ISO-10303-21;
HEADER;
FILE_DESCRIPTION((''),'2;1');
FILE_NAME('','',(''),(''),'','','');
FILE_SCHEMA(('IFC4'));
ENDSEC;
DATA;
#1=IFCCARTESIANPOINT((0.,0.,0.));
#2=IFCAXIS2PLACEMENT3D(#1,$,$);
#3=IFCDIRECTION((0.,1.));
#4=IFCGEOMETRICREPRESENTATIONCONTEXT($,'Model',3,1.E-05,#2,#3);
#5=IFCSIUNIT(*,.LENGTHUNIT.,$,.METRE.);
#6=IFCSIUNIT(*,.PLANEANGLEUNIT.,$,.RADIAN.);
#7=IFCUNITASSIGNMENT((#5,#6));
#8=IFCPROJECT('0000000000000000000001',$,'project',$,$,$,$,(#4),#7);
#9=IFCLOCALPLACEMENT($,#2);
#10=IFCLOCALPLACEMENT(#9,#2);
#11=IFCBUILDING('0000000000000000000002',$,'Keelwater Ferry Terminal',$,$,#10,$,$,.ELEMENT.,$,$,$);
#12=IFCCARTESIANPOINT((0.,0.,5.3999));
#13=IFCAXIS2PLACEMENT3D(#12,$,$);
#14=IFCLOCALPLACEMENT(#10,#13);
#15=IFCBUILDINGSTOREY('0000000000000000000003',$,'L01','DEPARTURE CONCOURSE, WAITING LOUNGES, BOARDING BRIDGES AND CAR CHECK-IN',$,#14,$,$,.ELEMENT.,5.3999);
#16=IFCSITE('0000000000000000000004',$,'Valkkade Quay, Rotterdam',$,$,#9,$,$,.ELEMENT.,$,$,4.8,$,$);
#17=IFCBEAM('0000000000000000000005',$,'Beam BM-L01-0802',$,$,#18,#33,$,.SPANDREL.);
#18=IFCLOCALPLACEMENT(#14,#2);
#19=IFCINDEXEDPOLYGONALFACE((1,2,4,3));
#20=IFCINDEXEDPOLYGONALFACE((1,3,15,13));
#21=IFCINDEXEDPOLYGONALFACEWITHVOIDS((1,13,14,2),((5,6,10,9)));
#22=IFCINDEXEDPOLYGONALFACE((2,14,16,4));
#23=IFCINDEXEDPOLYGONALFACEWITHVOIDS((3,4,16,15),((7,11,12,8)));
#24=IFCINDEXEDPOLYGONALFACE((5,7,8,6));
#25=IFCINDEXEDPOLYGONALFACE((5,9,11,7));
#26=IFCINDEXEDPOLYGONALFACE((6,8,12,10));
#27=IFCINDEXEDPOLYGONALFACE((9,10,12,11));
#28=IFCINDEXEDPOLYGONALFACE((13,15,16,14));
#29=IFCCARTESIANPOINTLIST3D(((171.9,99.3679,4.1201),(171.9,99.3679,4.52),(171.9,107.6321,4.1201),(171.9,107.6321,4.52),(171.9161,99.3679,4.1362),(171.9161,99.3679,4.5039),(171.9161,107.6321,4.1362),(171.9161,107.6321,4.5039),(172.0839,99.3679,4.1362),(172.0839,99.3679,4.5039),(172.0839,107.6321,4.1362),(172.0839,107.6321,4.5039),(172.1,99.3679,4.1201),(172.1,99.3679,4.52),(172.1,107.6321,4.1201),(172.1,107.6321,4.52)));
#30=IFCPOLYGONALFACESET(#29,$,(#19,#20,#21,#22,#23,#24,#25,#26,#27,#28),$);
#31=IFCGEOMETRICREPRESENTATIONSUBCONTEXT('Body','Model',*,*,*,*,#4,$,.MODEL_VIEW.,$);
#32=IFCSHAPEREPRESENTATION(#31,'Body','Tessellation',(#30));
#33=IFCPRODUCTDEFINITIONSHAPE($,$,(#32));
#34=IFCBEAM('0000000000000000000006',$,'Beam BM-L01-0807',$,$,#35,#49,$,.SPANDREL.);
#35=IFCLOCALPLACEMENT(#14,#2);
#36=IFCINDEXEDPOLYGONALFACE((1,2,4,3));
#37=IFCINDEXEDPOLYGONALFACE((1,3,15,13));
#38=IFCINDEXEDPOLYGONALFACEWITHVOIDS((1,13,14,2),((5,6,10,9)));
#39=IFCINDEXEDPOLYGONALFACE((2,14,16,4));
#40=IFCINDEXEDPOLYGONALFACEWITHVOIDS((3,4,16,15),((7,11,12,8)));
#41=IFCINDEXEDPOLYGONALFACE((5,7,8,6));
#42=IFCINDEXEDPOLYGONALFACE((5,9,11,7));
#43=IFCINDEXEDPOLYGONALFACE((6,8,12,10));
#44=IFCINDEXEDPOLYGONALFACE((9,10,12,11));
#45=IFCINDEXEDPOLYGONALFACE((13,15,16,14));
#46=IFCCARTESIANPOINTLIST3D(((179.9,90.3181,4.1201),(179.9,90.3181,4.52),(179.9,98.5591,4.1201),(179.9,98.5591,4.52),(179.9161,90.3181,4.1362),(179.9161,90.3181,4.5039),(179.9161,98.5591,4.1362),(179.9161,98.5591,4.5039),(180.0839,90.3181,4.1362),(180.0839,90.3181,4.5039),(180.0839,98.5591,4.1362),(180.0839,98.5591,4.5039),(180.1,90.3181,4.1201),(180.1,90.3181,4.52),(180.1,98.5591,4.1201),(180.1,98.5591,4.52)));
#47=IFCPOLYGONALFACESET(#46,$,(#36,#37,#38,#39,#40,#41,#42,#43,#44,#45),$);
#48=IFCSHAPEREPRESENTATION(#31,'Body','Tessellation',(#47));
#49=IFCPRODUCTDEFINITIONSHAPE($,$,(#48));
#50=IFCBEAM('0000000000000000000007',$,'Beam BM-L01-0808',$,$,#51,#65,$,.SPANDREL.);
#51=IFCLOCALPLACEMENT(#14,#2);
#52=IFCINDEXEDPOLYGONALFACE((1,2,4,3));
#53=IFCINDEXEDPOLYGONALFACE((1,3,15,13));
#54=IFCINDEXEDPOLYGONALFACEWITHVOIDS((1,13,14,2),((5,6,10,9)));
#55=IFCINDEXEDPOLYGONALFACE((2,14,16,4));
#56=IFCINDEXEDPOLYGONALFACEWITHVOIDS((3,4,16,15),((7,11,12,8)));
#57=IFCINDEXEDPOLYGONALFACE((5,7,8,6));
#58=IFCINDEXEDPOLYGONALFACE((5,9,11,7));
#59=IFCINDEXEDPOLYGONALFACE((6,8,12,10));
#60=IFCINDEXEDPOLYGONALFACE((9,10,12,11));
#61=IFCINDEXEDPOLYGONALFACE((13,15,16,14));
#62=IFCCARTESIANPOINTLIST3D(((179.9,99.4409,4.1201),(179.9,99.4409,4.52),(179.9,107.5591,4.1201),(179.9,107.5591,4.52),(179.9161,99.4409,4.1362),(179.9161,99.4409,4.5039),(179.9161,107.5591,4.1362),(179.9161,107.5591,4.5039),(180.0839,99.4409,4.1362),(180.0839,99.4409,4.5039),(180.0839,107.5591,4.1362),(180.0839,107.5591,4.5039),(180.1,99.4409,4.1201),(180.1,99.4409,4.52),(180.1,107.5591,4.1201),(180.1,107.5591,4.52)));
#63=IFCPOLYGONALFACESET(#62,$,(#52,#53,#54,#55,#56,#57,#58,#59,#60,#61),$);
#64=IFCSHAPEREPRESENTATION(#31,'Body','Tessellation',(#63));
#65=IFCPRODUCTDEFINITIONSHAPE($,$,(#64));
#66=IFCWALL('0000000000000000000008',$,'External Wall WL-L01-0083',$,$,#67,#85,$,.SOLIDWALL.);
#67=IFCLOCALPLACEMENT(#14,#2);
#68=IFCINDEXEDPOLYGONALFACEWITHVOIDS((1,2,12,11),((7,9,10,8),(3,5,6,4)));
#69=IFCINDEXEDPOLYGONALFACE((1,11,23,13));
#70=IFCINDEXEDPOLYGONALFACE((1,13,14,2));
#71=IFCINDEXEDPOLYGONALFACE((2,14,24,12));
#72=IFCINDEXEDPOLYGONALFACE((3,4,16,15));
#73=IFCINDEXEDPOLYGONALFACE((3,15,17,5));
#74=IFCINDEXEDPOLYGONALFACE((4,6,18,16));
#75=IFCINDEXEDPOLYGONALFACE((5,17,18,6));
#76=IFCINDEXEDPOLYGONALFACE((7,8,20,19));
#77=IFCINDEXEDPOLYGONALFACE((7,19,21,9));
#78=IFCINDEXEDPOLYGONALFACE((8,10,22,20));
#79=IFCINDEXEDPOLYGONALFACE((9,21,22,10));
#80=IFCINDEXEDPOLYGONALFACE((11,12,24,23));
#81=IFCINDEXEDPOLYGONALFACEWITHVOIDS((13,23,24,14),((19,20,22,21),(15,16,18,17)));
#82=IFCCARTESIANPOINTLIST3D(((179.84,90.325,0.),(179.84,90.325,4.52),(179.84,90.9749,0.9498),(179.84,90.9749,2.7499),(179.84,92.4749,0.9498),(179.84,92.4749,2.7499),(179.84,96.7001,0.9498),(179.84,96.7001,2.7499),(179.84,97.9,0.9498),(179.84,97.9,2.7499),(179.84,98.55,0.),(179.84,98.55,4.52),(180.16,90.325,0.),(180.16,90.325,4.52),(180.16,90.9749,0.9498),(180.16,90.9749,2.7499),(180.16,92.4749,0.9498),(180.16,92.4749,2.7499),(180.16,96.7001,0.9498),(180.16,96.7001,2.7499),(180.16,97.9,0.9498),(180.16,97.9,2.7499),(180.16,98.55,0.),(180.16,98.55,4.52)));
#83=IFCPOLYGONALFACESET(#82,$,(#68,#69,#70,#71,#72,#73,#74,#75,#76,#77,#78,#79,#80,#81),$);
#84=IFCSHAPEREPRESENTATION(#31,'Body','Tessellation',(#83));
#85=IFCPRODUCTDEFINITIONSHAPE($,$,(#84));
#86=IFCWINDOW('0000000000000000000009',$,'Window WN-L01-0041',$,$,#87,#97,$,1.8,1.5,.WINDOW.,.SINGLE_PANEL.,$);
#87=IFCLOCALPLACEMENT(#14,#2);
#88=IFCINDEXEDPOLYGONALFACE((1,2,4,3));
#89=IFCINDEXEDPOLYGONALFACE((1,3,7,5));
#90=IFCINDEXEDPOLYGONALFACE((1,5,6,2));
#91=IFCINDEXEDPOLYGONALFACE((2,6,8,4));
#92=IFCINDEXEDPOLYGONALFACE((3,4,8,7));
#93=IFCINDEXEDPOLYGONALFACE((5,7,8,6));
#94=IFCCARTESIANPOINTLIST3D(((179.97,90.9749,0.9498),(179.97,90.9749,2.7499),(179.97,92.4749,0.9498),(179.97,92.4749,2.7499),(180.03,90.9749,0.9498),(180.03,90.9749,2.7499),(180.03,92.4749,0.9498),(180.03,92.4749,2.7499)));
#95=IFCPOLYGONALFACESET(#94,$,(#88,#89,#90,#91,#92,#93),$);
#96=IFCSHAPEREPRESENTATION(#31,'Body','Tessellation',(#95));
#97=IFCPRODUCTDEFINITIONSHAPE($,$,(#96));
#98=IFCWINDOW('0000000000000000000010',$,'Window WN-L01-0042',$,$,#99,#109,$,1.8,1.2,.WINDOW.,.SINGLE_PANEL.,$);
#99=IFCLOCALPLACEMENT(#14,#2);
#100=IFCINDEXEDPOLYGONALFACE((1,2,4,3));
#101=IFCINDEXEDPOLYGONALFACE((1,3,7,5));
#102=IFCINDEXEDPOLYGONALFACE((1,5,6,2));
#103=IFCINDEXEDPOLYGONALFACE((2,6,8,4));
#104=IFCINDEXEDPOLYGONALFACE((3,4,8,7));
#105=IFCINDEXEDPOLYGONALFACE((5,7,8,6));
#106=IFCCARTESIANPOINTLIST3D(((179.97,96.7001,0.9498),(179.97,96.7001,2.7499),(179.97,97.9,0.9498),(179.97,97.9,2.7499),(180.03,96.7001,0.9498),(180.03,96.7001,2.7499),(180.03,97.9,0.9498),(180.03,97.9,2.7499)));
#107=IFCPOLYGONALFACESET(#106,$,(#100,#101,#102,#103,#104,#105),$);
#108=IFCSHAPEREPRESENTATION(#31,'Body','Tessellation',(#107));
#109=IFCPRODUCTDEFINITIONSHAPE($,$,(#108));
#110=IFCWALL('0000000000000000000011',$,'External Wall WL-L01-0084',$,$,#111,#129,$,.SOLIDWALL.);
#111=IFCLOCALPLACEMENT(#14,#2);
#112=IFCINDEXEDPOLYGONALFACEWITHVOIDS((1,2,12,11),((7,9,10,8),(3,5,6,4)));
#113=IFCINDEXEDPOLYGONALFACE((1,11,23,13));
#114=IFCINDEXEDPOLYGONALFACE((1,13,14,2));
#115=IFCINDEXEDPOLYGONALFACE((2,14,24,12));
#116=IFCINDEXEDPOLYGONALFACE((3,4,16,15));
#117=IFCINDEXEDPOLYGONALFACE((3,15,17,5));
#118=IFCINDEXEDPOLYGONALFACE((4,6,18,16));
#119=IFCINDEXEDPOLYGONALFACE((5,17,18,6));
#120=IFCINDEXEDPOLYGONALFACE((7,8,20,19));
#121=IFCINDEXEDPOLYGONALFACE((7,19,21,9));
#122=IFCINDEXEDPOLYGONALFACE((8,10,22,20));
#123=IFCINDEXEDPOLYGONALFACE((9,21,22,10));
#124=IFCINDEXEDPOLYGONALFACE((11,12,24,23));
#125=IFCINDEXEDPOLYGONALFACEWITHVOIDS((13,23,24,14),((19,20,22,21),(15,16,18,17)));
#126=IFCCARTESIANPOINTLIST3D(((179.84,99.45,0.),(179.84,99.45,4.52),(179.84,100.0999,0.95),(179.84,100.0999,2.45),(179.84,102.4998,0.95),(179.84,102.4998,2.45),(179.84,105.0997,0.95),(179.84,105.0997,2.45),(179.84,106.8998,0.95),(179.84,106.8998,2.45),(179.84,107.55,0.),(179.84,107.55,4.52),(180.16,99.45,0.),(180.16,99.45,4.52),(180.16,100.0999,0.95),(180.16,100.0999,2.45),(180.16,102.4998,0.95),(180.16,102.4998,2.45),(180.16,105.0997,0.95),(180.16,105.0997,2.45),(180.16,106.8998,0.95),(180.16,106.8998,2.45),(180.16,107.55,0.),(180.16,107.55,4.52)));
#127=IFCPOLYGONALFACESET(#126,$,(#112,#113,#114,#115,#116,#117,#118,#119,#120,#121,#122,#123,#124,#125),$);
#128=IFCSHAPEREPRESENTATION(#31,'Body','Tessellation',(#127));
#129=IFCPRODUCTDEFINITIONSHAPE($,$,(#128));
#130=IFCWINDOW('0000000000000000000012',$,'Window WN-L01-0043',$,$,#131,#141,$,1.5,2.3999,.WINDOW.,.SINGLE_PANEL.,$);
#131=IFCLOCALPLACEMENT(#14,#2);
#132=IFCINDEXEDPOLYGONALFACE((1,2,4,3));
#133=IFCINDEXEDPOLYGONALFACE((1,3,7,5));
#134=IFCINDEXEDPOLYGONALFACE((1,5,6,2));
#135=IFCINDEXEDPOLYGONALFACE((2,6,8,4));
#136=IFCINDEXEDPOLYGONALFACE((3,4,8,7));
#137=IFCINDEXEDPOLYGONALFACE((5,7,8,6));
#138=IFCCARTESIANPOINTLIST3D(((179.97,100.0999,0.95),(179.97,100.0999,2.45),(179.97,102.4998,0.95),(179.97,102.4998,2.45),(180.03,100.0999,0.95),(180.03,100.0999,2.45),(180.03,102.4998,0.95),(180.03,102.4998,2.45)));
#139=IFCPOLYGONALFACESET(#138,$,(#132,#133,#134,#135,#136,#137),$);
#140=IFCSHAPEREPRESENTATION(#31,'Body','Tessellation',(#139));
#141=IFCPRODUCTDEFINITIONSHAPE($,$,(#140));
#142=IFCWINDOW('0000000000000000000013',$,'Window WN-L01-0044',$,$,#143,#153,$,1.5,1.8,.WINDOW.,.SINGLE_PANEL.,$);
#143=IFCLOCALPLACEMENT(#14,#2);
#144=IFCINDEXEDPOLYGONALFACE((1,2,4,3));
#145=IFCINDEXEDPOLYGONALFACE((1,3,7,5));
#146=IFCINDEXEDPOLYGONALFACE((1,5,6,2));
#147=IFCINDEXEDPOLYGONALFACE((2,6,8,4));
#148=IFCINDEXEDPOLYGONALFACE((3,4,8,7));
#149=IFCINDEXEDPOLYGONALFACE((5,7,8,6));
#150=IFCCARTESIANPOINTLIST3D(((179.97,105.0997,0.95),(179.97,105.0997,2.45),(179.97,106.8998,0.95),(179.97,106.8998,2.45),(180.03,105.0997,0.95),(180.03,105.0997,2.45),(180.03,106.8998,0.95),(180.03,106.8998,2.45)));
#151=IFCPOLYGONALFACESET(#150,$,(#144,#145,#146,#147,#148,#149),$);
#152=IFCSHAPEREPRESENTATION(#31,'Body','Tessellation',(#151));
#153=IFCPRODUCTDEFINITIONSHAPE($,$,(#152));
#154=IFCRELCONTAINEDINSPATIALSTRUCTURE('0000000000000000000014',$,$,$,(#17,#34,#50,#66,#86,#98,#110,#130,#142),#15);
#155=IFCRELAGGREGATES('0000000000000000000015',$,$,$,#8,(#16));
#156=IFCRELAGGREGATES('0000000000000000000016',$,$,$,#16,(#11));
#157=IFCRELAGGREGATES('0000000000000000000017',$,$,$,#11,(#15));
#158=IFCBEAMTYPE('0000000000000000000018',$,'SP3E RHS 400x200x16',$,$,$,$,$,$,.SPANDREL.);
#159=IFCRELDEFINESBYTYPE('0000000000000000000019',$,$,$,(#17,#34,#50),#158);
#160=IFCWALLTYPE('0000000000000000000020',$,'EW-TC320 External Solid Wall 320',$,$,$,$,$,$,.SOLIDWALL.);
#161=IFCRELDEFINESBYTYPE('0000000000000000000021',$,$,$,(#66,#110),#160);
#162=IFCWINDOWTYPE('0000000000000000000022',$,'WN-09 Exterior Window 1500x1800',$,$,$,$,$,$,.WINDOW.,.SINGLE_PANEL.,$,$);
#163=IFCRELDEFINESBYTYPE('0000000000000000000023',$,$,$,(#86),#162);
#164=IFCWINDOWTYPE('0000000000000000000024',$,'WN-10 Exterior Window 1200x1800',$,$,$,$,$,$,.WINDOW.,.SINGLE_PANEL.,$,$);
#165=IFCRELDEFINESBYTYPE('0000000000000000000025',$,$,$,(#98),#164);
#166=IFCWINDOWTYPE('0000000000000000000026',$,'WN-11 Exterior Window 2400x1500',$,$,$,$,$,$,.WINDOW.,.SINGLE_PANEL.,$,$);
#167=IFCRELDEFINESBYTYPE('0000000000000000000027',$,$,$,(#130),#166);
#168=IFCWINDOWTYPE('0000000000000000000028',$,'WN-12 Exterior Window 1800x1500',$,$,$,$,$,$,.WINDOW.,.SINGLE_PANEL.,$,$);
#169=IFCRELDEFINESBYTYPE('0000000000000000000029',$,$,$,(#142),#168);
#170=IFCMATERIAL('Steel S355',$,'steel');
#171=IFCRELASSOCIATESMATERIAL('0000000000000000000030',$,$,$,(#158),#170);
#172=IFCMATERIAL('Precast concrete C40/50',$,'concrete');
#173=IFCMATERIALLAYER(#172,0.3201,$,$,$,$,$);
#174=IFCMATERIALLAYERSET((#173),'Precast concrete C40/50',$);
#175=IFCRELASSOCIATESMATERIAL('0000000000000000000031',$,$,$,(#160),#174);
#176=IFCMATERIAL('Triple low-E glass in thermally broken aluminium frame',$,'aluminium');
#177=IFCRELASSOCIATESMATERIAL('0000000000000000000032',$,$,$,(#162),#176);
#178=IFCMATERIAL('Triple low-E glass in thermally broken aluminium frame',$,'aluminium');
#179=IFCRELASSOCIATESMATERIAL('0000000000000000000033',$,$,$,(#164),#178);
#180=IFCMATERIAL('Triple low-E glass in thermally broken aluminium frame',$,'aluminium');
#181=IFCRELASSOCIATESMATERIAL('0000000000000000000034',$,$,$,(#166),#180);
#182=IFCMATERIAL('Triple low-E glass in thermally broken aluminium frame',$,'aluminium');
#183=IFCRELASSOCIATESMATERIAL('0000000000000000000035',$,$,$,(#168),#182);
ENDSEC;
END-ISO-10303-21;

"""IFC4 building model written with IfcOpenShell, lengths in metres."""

from ifc_helpers import new_model, si_unit, direction, frame, frame_2d, origin, origin_2d, place, context, subcontext, project, spatial, rectangle, hollow_rectangle, extrude, material, layer, layer_set, material_profile, profile_set, type_object, element, fill, save


model = new_model("IFC4")

# Units and contexts
model_context = context("Model", 3, precision=1e-05, world=origin(), true_north=direction((0.0, 1.0)))
body_context = subcontext(model_context, "Body", "Model", "MODEL_VIEW")
ifc_project = project(units=[si_unit("LENGTHUNIT", "METRE"), si_unit("PLANEANGLEUNIT", "RADIAN")], contexts=[model_context])

# Site, building, storey
site_placement = place(None, origin())
site = spatial("IfcSite", under=ifc_project, at=site_placement, Name="Valkkade Quay, Rotterdam", CompositionType="ELEMENT", RefElevation=4.8)
building_placement = place(site_placement, origin())
building = spatial("IfcBuilding", under=site, at=building_placement, Name="Keelwater Ferry Terminal", CompositionType="ELEMENT")
storey_placement = place(building_placement, frame((0.0, 0.0, 5.3999)))
storey = spatial("IfcBuildingStorey", under=building, at=storey_placement, Name="L01", Description="DEPARTURE CONCOURSE, WAITING LOUNGES, BOARDING BRIDGES AND CAR CHECK-IN", CompositionType="ELEMENT", Elevation=5.3999)

# Beams
ifc_material_1 = material(Name="Steel S355", Category="steel")
ifc_material_profile_1 = material_profile(ifc_material_1, hollow_rectangle(XDim=0.2, YDim=0.3999, WallThickness=0.0161, at=origin_2d()), Name="RHS 400x200x16")
ifc_profile_set_1 = profile_set([ifc_material_profile_1], Name="Steel S355")
beam_type_1 = type_object("IfcBeamType", Name="SP3E RHS 400x200x16", PredefinedType="SPANDREL", material=ifc_profile_set_1)
beam_1_placement = place(storey_placement, frame((172.0, 99.3679, 4.3201), z_axis=(0.0, 1.0, 0.0), x_axis=(-1.0, 0.0, 0.0)))
element("IfcBeam", 1, at=beam_1_placement, inside=storey, type_object=beam_type_1, Name="Beam BM-L01-0802", PredefinedType="SPANDREL", context=body_context, shape_type="SweptSolid", body=[
    extrude(hollow_rectangle(XDim=0.2, YDim=0.3999, WallThickness=0.0161, at=origin_2d()), origin(), (0.0, 0.0, 1.0), 8.2642),
])
beam_2_placement = place(storey_placement, frame((180.0, 90.3181, 4.3201), z_axis=(0.0, 1.0, 0.0), x_axis=(-1.0, 0.0, 0.0)))
element("IfcBeam", 2, at=beam_2_placement, inside=storey, type_object=beam_type_1, Name="Beam BM-L01-0807", PredefinedType="SPANDREL", context=body_context, shape_type="SweptSolid", body=[
    extrude(hollow_rectangle(XDim=0.2, YDim=0.3999, WallThickness=0.0161, at=origin_2d()), origin(), (0.0, 0.0, 1.0), 8.241),
])
beam_3_placement = place(storey_placement, frame((180.0, 99.4409, 4.3201), z_axis=(0.0, 1.0, 0.0), x_axis=(-1.0, 0.0, 0.0)))
element("IfcBeam", 3, at=beam_3_placement, inside=storey, type_object=beam_type_1, Name="Beam BM-L01-0808", PredefinedType="SPANDREL", context=body_context, shape_type="SweptSolid", body=[
    extrude(hollow_rectangle(XDim=0.2, YDim=0.3999, WallThickness=0.0161, at=origin_2d()), origin(), (0.0, 0.0, 1.0), 8.1182),
])

# Walls, openings, windows
ifc_material_2 = material(Name="Precast concrete C40/50", Category="concrete")
ifc_layer = layer(ifc_material_2, 0.3201)
ifc_layer_set = layer_set([ifc_layer], Name="Precast concrete C40/50")
wall_type = type_object("IfcWallType", Name="EW-TC320 External Solid Wall 320", PredefinedType="SOLIDWALL", material=ifc_layer_set)
wall_1_placement = place(storey_placement, frame((180.0, 90.325, 0.0), z_axis=(0.0, 0.0, 1.0), x_axis=(0.0, 1.0, 0.0)))
wall_1 = element("IfcWall", 4, at=wall_1_placement, inside=storey, type_object=wall_type, Name="External Wall WL-L01-0083", PredefinedType="SOLIDWALL", context=body_context, shape_type="SweptSolid", body=[
    extrude(rectangle(XDim=8.2251, YDim=0.3201, at=frame_2d((4.1125, 0.0))), origin(), (0.0, 0.0, 1.0), 4.52),
])
opening_1_placement = place(wall_1_placement, frame((0.6499, 0.0, 0.95)))
opening_1 = element("IfcOpeningElement", 5, at=opening_1_placement, cuts=wall_1, PredefinedType="OPENING", context=body_context, shape_type="SweptSolid", body=[
    extrude(rectangle(XDim=1.5, YDim=1.8, at=frame_2d((0.75, 0.8999))), frame((0.0, 0.1702, 0.0), z_axis=(0.0, -1.0, 0.0), x_axis=(1.0, 0.0, 0.0)), (0.0, 0.0, 1.0), 0.3401),
])
opening_2_placement = place(wall_1_placement, frame((6.375, 0.0, 0.95)))
opening_2 = element("IfcOpeningElement", 6, at=opening_2_placement, cuts=wall_1, PredefinedType="OPENING", context=body_context, shape_type="SweptSolid", body=[
    extrude(rectangle(XDim=1.2, YDim=1.8, at=frame_2d((0.6001, 0.8999))), frame((0.0, 0.1702, 0.0), z_axis=(0.0, -1.0, 0.0), x_axis=(1.0, 0.0, 0.0)), (0.0, 0.0, 1.0), 0.3401),
])
ifc_material_3 = material(Name="Triple low-E glass in thermally broken aluminium frame", Category="aluminium")
window_type_1 = type_object("IfcWindowType", Name="WN-09 Exterior Window 1500x1800", PartitioningType="SINGLE_PANEL", PredefinedType="WINDOW", material=ifc_material_3)
window_1_placement = place(opening_1_placement, origin())
window_1 = element("IfcWindow", 7, at=window_1_placement, inside=storey, type_object=window_type_1, Name="Window WN-L01-0041", OverallHeight=1.8, OverallWidth=1.5, PartitioningType="SINGLE_PANEL", PredefinedType="WINDOW", context=body_context, shape_type="SweptSolid", body=[
    extrude(rectangle(XDim=1.5, YDim=1.8, at=frame_2d((0.75, 0.8999))), frame((0.0, 0.03, 0.0), z_axis=(0.0, -1.0, 0.0), x_axis=(1.0, 0.0, 0.0)), (0.0, 0.0, 1.0), 0.0601),
])
fill(opening_1, window_1)
ifc_material_4 = material(Name="Triple low-E glass in thermally broken aluminium frame", Category="aluminium")
window_type_2 = type_object("IfcWindowType", Name="WN-10 Exterior Window 1200x1800", PartitioningType="SINGLE_PANEL", PredefinedType="WINDOW", material=ifc_material_4)
window_2_placement = place(opening_2_placement, origin())
window_2 = element("IfcWindow", 8, at=window_2_placement, inside=storey, type_object=window_type_2, Name="Window WN-L01-0042", OverallHeight=1.8, OverallWidth=1.2, PartitioningType="SINGLE_PANEL", PredefinedType="WINDOW", context=body_context, shape_type="SweptSolid", body=[
    extrude(rectangle(XDim=1.2, YDim=1.8, at=frame_2d((0.6001, 0.8999))), frame((0.0, 0.03, 0.0), z_axis=(0.0, -1.0, 0.0), x_axis=(1.0, 0.0, 0.0)), (0.0, 0.0, 1.0), 0.0601),
])
fill(opening_2, window_2)
wall_2_placement = place(storey_placement, frame((180.0, 99.45, 0.0), z_axis=(0.0, 0.0, 1.0), x_axis=(0.0, 1.0, 0.0)))
wall_2 = element("IfcWall", 9, at=wall_2_placement, inside=storey, type_object=wall_type, Name="External Wall WL-L01-0084", PredefinedType="SOLIDWALL", context=body_context, shape_type="SweptSolid", body=[
    extrude(rectangle(XDim=8.1001, YDim=0.3201, at=frame_2d((4.05, 0.0))), origin(), (0.0, 0.0, 1.0), 4.52),
])
opening_3_placement = place(wall_2_placement, frame((0.6499, 0.0, 0.95)))
opening_3 = element("IfcOpeningElement", 10, at=opening_3_placement, cuts=wall_2, PredefinedType="OPENING", context=body_context, shape_type="SweptSolid", body=[
    extrude(rectangle(XDim=2.3999, YDim=1.5, at=frame_2d((1.2, 0.75))), frame((0.0, 0.1702, 0.0), z_axis=(0.0, -1.0, 0.0), x_axis=(1.0, 0.0, 0.0)), (0.0, 0.0, 1.0), 0.3401),
])
opening_4_placement = place(wall_2_placement, frame((5.6499, 0.0, 0.95)))
opening_4 = element("IfcOpeningElement", 11, at=opening_4_placement, cuts=wall_2, PredefinedType="OPENING", context=body_context, shape_type="SweptSolid", body=[
    extrude(rectangle(XDim=1.8, YDim=1.5, at=frame_2d((0.8999, 0.75))), frame((0.0, 0.1702, 0.0), z_axis=(0.0, -1.0, 0.0), x_axis=(1.0, 0.0, 0.0)), (0.0, 0.0, 1.0), 0.3401),
])
ifc_material_5 = material(Name="Triple low-E glass in thermally broken aluminium frame", Category="aluminium")
window_type_3 = type_object("IfcWindowType", Name="WN-11 Exterior Window 2400x1500", PartitioningType="SINGLE_PANEL", PredefinedType="WINDOW", material=ifc_material_5)
window_3_placement = place(opening_3_placement, origin())
window_3 = element("IfcWindow", 12, at=window_3_placement, inside=storey, type_object=window_type_3, Name="Window WN-L01-0043", OverallHeight=1.5, OverallWidth=2.3999, PartitioningType="SINGLE_PANEL", PredefinedType="WINDOW", context=body_context, shape_type="SweptSolid", body=[
    extrude(rectangle(XDim=2.3999, YDim=1.5, at=frame_2d((1.2, 0.75))), frame((0.0, 0.03, 0.0), z_axis=(0.0, -1.0, 0.0), x_axis=(1.0, 0.0, 0.0)), (0.0, 0.0, 1.0), 0.0601),
])
fill(opening_3, window_3)
ifc_material_6 = material(Name="Triple low-E glass in thermally broken aluminium frame", Category="aluminium")
window_type_4 = type_object("IfcWindowType", Name="WN-12 Exterior Window 1800x1500", PartitioningType="SINGLE_PANEL", PredefinedType="WINDOW", material=ifc_material_6)
window_4_placement = place(opening_4_placement, origin())
window_4 = element("IfcWindow", 13, at=window_4_placement, inside=storey, type_object=window_type_4, Name="Window WN-L01-0044", OverallHeight=1.5, OverallWidth=1.8, PartitioningType="SINGLE_PANEL", PredefinedType="WINDOW", context=body_context, shape_type="SweptSolid", body=[
    extrude(rectangle(XDim=1.8, YDim=1.5, at=frame_2d((0.8999, 0.75))), frame((0.0, 0.03, 0.0), z_axis=(0.0, -1.0, 0.0), x_axis=(1.0, 0.0, 0.0)), (0.0, 0.0, 1.0), 0.0601),
])
fill(opening_4, window_4)

save(model, "model.ifc")
